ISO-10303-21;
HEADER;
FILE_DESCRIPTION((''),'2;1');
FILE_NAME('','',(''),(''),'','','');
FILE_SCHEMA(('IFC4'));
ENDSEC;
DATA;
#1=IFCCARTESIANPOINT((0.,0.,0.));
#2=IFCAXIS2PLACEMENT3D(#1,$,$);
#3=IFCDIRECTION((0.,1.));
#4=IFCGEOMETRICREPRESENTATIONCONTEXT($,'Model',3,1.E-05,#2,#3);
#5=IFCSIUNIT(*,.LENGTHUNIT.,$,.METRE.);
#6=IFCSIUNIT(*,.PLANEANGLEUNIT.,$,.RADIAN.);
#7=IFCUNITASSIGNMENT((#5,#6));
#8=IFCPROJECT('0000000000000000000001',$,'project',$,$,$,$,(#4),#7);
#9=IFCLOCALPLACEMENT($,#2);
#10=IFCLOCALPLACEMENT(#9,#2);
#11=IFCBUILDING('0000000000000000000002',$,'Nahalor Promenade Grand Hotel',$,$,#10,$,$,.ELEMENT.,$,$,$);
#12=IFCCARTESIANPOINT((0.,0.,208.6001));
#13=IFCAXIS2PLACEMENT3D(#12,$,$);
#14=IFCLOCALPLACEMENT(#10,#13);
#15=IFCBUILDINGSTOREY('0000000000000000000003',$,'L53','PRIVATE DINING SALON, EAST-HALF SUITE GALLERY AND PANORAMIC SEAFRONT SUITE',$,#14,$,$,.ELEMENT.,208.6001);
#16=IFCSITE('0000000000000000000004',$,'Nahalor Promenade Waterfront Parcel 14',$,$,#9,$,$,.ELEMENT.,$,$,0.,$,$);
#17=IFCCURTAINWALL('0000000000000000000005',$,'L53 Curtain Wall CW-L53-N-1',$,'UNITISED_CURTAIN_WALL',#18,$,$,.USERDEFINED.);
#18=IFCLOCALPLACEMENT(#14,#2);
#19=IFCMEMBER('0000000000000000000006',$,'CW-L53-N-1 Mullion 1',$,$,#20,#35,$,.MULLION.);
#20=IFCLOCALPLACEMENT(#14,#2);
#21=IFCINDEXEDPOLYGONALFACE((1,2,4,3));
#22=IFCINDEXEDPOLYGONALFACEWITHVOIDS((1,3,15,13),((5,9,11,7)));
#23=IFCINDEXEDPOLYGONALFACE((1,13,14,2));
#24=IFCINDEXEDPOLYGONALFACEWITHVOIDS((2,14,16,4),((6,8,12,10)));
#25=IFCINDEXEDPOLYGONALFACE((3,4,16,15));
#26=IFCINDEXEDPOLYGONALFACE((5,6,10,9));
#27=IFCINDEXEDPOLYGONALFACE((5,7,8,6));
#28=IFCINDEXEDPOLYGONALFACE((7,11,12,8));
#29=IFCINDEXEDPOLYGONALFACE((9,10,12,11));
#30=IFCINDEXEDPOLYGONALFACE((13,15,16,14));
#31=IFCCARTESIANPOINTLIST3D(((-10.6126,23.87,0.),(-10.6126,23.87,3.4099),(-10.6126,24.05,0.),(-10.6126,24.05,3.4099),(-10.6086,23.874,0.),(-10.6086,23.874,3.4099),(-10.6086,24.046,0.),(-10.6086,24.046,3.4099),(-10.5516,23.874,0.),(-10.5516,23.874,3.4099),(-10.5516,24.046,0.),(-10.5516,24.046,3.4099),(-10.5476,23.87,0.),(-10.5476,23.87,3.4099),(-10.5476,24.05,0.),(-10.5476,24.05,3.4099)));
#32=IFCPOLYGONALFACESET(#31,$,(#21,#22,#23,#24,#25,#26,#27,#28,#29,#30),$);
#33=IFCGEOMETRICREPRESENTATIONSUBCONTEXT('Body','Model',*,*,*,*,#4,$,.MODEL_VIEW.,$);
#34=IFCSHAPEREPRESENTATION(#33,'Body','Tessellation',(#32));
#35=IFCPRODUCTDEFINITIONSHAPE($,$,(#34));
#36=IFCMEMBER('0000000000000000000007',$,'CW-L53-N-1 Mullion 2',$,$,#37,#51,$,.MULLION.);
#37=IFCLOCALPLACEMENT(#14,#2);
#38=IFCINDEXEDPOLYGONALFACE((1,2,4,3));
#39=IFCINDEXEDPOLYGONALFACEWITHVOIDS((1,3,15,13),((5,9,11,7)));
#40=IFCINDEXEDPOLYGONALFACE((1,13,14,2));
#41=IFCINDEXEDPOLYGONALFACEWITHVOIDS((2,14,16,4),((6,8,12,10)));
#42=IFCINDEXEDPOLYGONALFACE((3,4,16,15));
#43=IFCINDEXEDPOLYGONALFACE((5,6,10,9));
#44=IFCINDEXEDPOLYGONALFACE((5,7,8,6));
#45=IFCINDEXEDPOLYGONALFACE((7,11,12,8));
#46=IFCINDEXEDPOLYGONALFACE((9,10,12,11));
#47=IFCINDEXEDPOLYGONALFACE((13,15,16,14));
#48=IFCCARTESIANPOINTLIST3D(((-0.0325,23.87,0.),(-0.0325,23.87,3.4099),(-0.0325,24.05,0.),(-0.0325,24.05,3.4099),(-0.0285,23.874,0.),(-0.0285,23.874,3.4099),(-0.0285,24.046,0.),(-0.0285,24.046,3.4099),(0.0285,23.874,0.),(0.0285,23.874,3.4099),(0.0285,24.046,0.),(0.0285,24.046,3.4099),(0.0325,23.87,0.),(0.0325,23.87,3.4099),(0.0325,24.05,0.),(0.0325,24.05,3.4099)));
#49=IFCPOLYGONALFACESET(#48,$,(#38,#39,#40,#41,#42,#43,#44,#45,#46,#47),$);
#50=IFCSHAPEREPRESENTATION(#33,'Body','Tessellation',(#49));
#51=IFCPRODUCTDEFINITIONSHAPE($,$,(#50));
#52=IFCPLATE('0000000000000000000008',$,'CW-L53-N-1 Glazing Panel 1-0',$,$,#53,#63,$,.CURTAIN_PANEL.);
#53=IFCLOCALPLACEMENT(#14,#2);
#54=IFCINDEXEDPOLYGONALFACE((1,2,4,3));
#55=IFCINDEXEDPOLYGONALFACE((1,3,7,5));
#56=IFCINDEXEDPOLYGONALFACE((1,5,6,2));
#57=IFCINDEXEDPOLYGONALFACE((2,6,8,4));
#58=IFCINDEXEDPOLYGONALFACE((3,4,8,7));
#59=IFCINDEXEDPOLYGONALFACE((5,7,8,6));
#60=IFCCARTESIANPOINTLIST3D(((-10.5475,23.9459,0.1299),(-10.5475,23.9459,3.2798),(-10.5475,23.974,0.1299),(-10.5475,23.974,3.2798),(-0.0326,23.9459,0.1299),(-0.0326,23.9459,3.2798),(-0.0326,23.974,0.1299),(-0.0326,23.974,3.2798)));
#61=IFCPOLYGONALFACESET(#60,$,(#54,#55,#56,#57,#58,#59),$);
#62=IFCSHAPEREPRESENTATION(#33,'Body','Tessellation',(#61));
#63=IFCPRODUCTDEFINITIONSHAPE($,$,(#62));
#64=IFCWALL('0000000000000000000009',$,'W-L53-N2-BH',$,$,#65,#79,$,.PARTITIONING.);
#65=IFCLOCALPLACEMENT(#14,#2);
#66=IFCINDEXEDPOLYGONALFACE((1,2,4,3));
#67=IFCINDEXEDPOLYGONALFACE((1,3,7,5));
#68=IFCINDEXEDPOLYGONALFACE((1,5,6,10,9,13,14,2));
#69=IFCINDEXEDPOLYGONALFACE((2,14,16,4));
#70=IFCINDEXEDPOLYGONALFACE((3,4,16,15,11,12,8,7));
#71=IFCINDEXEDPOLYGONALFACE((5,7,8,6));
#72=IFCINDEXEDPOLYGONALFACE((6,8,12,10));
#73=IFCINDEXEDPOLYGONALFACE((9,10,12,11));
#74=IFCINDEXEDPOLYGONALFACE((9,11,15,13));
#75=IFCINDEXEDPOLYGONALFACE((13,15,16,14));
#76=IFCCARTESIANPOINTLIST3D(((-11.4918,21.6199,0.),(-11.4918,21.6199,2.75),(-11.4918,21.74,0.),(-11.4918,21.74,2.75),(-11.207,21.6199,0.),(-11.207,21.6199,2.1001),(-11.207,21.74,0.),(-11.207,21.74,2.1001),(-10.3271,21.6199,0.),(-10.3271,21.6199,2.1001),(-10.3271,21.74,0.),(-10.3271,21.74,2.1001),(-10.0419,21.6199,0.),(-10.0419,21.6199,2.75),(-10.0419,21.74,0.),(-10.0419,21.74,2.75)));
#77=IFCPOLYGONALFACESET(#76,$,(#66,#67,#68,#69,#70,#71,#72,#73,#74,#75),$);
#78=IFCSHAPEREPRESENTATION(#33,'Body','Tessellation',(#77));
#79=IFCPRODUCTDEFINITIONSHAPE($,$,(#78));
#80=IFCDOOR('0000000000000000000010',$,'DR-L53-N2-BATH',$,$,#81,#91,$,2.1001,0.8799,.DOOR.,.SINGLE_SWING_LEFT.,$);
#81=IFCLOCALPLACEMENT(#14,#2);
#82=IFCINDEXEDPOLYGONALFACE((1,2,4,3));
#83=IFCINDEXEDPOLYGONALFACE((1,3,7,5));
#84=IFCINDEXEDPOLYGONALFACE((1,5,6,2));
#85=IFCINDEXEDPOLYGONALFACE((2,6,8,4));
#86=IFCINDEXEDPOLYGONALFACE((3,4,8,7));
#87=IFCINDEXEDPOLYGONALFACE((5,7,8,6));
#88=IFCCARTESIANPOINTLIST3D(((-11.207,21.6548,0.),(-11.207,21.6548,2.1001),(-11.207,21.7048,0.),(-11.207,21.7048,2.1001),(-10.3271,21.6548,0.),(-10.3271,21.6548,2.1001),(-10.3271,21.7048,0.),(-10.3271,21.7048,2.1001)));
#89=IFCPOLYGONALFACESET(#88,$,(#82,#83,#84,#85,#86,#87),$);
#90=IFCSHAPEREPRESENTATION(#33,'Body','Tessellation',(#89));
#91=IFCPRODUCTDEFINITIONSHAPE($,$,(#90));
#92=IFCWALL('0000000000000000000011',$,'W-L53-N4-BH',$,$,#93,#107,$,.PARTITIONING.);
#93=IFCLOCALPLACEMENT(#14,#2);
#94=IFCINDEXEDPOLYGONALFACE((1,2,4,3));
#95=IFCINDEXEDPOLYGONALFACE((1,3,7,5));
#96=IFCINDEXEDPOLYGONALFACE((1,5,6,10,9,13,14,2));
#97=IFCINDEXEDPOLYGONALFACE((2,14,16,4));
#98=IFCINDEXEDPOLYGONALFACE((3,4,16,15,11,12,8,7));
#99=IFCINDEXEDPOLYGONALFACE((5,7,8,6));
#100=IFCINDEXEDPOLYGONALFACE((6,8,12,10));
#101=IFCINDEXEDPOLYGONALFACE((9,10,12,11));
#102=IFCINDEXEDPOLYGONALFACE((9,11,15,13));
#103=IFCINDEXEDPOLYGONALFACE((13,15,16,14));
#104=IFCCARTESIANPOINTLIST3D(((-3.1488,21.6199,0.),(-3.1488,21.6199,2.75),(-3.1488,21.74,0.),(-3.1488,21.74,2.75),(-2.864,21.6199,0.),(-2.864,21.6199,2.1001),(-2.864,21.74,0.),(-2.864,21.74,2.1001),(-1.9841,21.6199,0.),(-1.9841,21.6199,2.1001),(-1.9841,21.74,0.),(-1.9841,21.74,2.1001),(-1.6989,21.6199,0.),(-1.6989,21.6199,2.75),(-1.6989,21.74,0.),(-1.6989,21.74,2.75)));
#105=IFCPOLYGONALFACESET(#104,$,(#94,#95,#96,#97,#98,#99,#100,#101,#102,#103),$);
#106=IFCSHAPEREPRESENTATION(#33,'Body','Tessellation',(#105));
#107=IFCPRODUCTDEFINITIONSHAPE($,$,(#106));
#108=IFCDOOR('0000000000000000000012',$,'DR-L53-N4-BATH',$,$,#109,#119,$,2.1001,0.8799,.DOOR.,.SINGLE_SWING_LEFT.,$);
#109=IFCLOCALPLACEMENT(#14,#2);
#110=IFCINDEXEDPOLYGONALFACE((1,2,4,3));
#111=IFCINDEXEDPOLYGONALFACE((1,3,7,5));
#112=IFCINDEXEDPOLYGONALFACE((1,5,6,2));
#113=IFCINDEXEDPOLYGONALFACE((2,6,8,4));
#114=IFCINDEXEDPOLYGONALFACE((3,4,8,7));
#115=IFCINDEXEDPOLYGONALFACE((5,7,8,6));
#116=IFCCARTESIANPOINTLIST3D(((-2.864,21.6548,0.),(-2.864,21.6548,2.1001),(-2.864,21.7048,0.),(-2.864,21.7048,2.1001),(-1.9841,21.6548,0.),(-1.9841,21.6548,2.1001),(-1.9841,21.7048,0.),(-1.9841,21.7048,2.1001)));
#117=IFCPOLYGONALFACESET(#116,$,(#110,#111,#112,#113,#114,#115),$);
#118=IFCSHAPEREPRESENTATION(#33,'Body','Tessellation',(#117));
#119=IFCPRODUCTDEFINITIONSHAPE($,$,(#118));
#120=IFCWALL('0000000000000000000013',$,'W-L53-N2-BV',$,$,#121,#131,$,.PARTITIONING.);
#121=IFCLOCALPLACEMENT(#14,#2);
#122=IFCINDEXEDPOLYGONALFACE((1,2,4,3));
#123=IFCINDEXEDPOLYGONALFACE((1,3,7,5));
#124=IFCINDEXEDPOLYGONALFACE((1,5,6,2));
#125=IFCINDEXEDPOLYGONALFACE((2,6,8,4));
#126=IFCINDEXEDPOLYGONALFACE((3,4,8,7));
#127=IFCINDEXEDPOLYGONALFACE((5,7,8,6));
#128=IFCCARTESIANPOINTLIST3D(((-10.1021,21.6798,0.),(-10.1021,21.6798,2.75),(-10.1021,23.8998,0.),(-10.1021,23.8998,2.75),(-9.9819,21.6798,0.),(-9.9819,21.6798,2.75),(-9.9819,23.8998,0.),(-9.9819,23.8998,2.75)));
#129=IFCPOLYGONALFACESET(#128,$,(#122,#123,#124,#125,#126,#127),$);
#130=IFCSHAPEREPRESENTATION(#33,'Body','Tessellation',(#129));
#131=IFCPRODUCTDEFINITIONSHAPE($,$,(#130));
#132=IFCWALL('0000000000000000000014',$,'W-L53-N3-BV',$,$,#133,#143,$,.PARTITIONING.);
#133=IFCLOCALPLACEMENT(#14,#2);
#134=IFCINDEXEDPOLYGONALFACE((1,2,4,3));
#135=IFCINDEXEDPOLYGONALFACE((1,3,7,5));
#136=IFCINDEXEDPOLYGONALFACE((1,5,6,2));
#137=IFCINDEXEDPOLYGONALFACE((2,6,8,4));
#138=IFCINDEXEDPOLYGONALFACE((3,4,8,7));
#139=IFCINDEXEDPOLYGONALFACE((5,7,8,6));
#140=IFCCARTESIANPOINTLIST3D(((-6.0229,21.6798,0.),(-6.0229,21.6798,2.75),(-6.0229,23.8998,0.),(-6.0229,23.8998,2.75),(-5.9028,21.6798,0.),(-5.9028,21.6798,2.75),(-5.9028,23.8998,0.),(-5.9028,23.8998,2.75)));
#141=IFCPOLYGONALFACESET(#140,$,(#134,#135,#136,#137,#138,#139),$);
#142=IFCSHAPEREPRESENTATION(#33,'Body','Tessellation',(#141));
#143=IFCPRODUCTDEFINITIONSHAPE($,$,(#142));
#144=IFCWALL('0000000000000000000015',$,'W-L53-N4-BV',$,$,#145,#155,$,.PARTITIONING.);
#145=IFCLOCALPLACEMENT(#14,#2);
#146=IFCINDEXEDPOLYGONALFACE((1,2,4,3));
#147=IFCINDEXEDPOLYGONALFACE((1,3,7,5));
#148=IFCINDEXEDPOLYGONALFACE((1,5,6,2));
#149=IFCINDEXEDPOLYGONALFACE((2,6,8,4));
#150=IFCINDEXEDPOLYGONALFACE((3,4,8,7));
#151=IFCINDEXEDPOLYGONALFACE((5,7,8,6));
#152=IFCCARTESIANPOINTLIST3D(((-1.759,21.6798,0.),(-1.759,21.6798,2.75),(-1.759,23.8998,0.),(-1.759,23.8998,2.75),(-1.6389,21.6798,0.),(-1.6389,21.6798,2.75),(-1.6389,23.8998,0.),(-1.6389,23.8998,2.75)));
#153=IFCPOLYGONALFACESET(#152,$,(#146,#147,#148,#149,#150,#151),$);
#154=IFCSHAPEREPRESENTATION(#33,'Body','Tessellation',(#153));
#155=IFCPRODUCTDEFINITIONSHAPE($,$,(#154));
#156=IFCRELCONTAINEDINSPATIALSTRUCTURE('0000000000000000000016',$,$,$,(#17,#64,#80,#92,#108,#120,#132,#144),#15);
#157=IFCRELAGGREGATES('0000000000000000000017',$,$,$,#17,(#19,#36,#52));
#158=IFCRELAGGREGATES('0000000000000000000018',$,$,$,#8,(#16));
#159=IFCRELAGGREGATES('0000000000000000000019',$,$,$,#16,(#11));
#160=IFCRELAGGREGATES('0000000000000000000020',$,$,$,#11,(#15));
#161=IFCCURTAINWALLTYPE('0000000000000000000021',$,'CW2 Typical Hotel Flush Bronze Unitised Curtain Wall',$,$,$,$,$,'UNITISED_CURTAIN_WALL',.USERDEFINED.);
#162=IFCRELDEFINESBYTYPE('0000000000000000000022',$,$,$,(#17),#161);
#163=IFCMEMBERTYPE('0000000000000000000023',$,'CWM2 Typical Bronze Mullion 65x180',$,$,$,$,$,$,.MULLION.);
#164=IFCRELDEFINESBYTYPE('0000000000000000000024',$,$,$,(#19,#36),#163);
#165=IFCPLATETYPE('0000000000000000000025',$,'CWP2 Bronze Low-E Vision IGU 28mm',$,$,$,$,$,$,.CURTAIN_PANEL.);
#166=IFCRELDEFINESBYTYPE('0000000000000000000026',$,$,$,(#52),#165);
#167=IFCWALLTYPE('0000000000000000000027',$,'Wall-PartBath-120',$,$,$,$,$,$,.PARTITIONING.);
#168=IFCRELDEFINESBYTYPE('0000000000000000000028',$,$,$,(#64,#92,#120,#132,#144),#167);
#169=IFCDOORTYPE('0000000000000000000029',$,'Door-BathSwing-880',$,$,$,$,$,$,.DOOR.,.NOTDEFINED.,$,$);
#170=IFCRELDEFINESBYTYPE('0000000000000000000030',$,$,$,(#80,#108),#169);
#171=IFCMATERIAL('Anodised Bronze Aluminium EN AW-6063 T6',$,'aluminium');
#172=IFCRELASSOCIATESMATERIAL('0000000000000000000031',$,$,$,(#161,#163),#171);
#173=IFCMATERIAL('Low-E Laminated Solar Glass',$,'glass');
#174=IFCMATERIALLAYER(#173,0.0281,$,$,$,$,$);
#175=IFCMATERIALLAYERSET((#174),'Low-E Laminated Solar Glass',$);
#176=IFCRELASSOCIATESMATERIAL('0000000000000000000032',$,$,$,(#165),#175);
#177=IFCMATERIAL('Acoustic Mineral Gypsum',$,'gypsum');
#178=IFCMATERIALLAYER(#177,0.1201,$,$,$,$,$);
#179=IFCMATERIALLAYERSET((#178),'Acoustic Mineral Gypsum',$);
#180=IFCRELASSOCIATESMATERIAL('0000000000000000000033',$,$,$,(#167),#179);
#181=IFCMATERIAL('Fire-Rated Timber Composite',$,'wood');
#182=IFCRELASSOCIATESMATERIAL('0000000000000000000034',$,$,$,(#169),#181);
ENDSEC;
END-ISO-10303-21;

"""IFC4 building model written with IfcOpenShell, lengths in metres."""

from ifc_helpers import new_model, si_unit, direction, frame, frame_2d, origin, origin_2d, place, context, subcontext, project, spatial, rectangle, hollow_rectangle, extrude, source, transform, mapped, material, layer, layer_set, material_profile, profile_set, type_object, element, fill, aggregate, save


model = new_model("IFC4")

# Units and contexts
model_context = context("Model", 3, precision=1e-05, world=origin(), true_north=direction((0.0, 1.0)))
body_context = subcontext(model_context, "Body", "Model", "MODEL_VIEW")
ifc_project = project(units=[si_unit("LENGTHUNIT", "METRE"), si_unit("PLANEANGLEUNIT", "RADIAN")], contexts=[model_context])

# Site, building, storey
site_placement = place(None, origin())
site = spatial("IfcSite", under=ifc_project, at=site_placement, Name="Nahalor Promenade Waterfront Parcel 14", CompositionType="ELEMENT", RefElevation=0.0)
building_placement = place(site_placement, origin())
building = spatial("IfcBuilding", under=site, at=building_placement, Name="Nahalor Promenade Grand Hotel", CompositionType="ELEMENT")
storey_placement = place(building_placement, frame((0.0, 0.0, 208.6001)))
storey = spatial("IfcBuildingStorey", under=building, at=storey_placement, Name="L53", Description="PRIVATE DINING SALON, EAST-HALF SUITE GALLERY AND PANORAMIC SEAFRONT SUITE", CompositionType="ELEMENT", Elevation=208.6001)

# Curtain wall, members, plate
ifc_material_1 = material(Name="Anodised Bronze Aluminium EN AW-6063 T6", Category="aluminium")
curtain_wall_type = type_object("IfcCurtainWallType", Name="CW2 Typical Hotel Flush Bronze Unitised Curtain Wall", ElementType="UNITISED_CURTAIN_WALL", PredefinedType="USERDEFINED", material=ifc_material_1)
curtain_wall_placement = place(storey_placement, origin())
curtain_wall = element("IfcCurtainWall", 1, at=curtain_wall_placement, inside=storey, type_object=curtain_wall_type, Name="L53 Curtain Wall CW-L53-N-1", ObjectType="UNITISED_CURTAIN_WALL", PredefinedType="USERDEFINED")
ifc_material_profile_1 = material_profile(ifc_material_1, hollow_rectangle(XDim=0.065, YDim=0.18, WallThickness=0.004, at=origin_2d()), Name="CWM 65x180x4")
ifc_profile_set_1 = profile_set([ifc_material_profile_1], Name="Anodised Bronze Aluminium EN AW-6063 T6")
member_type_1 = type_object("IfcMemberType", Name="CWM2 Typical Bronze Mullion 65x180", PredefinedType="MULLION", material=ifc_profile_set_1)
shared_shape_1 = source(origin(), body_context, "Body", "SweptSolid", [
    extrude(hollow_rectangle(XDim=0.065, YDim=0.18, WallThickness=0.004, at=origin_2d()), origin(), (0.0, 0.0, 1.0), 3.4099),
])
member_1_placement = place(storey_placement, frame((-10.5801, 23.96, 0.0), z_axis=(0.0, 0.0, 1.0), x_axis=(1.0, 0.0, 0.0)))
member_1 = element("IfcMember", 2, at=member_1_placement, type_object=member_type_1, Name="CW-L53-N-1 Mullion 1", PredefinedType="MULLION", context=body_context, shape_type="MappedRepresentation", body=[
    mapped(shared_shape_1, transform((0.0, 0.0, 0.0), scale=1.0)),
])
member_2_placement = place(storey_placement, frame((0.0, 23.96, 0.0), z_axis=(0.0, 0.0, 1.0), x_axis=(1.0, 0.0, 0.0)))
member_2 = element("IfcMember", 3, at=member_2_placement, type_object=member_type_1, Name="CW-L53-N-1 Mullion 2", PredefinedType="MULLION", context=body_context, shape_type="MappedRepresentation", body=[
    mapped(shared_shape_1, transform((0.0, 0.0, 0.0), scale=1.0)),
])
ifc_material_2 = material(Name="Low-E Laminated Solar Glass", Category="glass")
ifc_layer_1 = layer(ifc_material_2, 0.0281)
ifc_layer_set_1 = layer_set([ifc_layer_1], Name="Low-E Laminated Solar Glass")
plate_type = type_object("IfcPlateType", Name="CWP2 Bronze Low-E Vision IGU 28mm", PredefinedType="CURTAIN_PANEL", material=ifc_layer_set_1)
shared_shape_2 = source(origin(), body_context, "Body", "SweptSolid", [
    extrude(rectangle(XDim=10.5149, YDim=0.0281, at=origin_2d()), origin(), (0.0, 0.0, 1.0), 3.1499),
])
plate_placement = place(storey_placement, frame((-5.29, 23.96, 0.1299), z_axis=(0.0, 0.0, 1.0), x_axis=(1.0, 0.0, 0.0)))
plate = element("IfcPlate", 4, at=plate_placement, type_object=plate_type, Name="CW-L53-N-1 Glazing Panel 1-0", PredefinedType="CURTAIN_PANEL", context=body_context, shape_type="MappedRepresentation", body=[
    mapped(shared_shape_2, transform((0.0, 0.0, 0.0), scale=1.0)),
])
aggregate(curtain_wall, [member_1, member_2, plate])

# Walls, openings, doors
ifc_material_3 = material(Name="Acoustic Mineral Gypsum", Category="gypsum")
ifc_layer_2 = layer(ifc_material_3, 0.1201)
ifc_layer_set_2 = layer_set([ifc_layer_2], Name="Acoustic Mineral Gypsum")
wall_type = type_object("IfcWallType", Name="Wall-PartBath-120", PredefinedType="PARTITIONING", material=ifc_layer_set_2)
shared_shape_3 = source(origin(), body_context, "Body", "SweptSolid", [
    extrude(rectangle(XDim=1.45, YDim=0.1201, at=frame_2d((0.7251, 0.0))), origin(), (0.0, 0.0, 1.0), 2.75),
])
wall_1_placement = place(storey_placement, frame((-11.4919, 21.6799, 0.0), z_axis=(0.0, 0.0, 1.0), x_axis=(1.0, 0.0, 0.0)))
wall_1 = element("IfcWall", 5, at=wall_1_placement, inside=storey, type_object=wall_type, Name="W-L53-N2-BH", PredefinedType="PARTITIONING", context=body_context, shape_type="MappedRepresentation", body=[
    mapped(shared_shape_3, transform((0.0, 0.0, 0.0), scale=1.0)),
])
opening_1_placement = place(wall_1_placement, frame((0.2849, 0.0, 0.0)))
opening_1 = element("IfcOpeningElement", 6, at=opening_1_placement, cuts=wall_1, PredefinedType="OPENING", context=body_context, shape_type="SweptSolid", body=[
    extrude(rectangle(XDim=0.8799, YDim=2.1001, at=frame_2d((0.4399, 1.05))), frame((0.0, 0.0701, 0.0), z_axis=(0.0, -1.0, 0.0), x_axis=(1.0, 0.0, 0.0)), (0.0, 0.0, 1.0), 0.1401),
])
ifc_material_4 = material(Name="Fire-Rated Timber Composite", Category="wood")
door_type = type_object("IfcDoorType", Name="Door-BathSwing-880", OperationType="NOTDEFINED", PredefinedType="DOOR", material=ifc_material_4)
shared_shape_4 = source(origin(), body_context, "Body", "SweptSolid", [
    extrude(rectangle(XDim=0.8799, YDim=2.1001, at=frame_2d((0.4399, 1.05))), frame((0.0, 0.0249, 0.0), z_axis=(0.0, -1.0, 0.0), x_axis=(1.0, 0.0, 0.0)), (0.0, 0.0, 1.0), 0.05),
])
door_1_placement = place(opening_1_placement, origin())
door_1 = element("IfcDoor", 7, at=door_1_placement, inside=storey, type_object=door_type, Name="DR-L53-N2-BATH", OperationType="SINGLE_SWING_LEFT", OverallHeight=2.1001, OverallWidth=0.8799, PredefinedType="DOOR", context=body_context, shape_type="MappedRepresentation", body=[
    mapped(shared_shape_4, transform((0.0, 0.0, 0.0), scale=1.0)),
])
fill(opening_1, door_1)
wall_2_placement = place(storey_placement, frame((-3.1489, 21.6799, 0.0), z_axis=(0.0, 0.0, 1.0), x_axis=(1.0, 0.0, 0.0)))
wall_2 = element("IfcWall", 8, at=wall_2_placement, inside=storey, type_object=wall_type, Name="W-L53-N4-BH", PredefinedType="PARTITIONING", context=body_context, shape_type="MappedRepresentation", body=[
    mapped(shared_shape_3, transform((0.0, 0.0, 0.0), scale=1.0)),
])
opening_2_placement = place(wall_2_placement, frame((0.2849, 0.0, 0.0)))
opening_2 = element("IfcOpeningElement", 9, at=opening_2_placement, cuts=wall_2, PredefinedType="OPENING", context=body_context, shape_type="SweptSolid", body=[
    extrude(rectangle(XDim=0.8799, YDim=2.1001, at=frame_2d((0.4399, 1.05))), frame((0.0, 0.0701, 0.0), z_axis=(0.0, -1.0, 0.0), x_axis=(1.0, 0.0, 0.0)), (0.0, 0.0, 1.0), 0.1401),
])
door_2_placement = place(opening_2_placement, origin())
door_2 = element("IfcDoor", 10, at=door_2_placement, inside=storey, type_object=door_type, Name="DR-L53-N4-BATH", OperationType="SINGLE_SWING_LEFT", OverallHeight=2.1001, OverallWidth=0.8799, PredefinedType="DOOR", context=body_context, shape_type="MappedRepresentation", body=[
    mapped(shared_shape_4, transform((0.0, 0.0, 0.0), scale=1.0)),
])
fill(opening_2, door_2)

# Walls
shared_shape_5 = source(origin(), body_context, "Body", "SweptSolid", [
    extrude(rectangle(XDim=2.22, YDim=0.1201, at=frame_2d((1.1099, 0.0))), origin(), (0.0, 0.0, 1.0), 2.75),
])
for number, where, z_axis, x_axis, name in (
    (11, (-10.042, 21.6799, 0.0), (0.0, 0.0, 1.0), (0.0, 1.0, 0.0), "W-L53-N2-BV"),
    (12, (-5.9629, 21.6799, 0.0), (0.0, 0.0, 1.0), (0.0, 1.0, 0.0), "W-L53-N3-BV"),
    (13, (-1.699, 21.6799, 0.0), (0.0, 0.0, 1.0), (0.0, 1.0, 0.0), "W-L53-N4-BV"),
):
    element("IfcWall", number, at=place(storey_placement, frame(where, z_axis=z_axis, x_axis=x_axis)), inside=storey, type_object=wall_type, Name=name, PredefinedType="PARTITIONING", context=body_context, shape_type="MappedRepresentation", body=[
        mapped(shared_shape_5, transform((0.0, 0.0, 0.0), scale=1.0)),
    ])

save(model, "model.ifc")
